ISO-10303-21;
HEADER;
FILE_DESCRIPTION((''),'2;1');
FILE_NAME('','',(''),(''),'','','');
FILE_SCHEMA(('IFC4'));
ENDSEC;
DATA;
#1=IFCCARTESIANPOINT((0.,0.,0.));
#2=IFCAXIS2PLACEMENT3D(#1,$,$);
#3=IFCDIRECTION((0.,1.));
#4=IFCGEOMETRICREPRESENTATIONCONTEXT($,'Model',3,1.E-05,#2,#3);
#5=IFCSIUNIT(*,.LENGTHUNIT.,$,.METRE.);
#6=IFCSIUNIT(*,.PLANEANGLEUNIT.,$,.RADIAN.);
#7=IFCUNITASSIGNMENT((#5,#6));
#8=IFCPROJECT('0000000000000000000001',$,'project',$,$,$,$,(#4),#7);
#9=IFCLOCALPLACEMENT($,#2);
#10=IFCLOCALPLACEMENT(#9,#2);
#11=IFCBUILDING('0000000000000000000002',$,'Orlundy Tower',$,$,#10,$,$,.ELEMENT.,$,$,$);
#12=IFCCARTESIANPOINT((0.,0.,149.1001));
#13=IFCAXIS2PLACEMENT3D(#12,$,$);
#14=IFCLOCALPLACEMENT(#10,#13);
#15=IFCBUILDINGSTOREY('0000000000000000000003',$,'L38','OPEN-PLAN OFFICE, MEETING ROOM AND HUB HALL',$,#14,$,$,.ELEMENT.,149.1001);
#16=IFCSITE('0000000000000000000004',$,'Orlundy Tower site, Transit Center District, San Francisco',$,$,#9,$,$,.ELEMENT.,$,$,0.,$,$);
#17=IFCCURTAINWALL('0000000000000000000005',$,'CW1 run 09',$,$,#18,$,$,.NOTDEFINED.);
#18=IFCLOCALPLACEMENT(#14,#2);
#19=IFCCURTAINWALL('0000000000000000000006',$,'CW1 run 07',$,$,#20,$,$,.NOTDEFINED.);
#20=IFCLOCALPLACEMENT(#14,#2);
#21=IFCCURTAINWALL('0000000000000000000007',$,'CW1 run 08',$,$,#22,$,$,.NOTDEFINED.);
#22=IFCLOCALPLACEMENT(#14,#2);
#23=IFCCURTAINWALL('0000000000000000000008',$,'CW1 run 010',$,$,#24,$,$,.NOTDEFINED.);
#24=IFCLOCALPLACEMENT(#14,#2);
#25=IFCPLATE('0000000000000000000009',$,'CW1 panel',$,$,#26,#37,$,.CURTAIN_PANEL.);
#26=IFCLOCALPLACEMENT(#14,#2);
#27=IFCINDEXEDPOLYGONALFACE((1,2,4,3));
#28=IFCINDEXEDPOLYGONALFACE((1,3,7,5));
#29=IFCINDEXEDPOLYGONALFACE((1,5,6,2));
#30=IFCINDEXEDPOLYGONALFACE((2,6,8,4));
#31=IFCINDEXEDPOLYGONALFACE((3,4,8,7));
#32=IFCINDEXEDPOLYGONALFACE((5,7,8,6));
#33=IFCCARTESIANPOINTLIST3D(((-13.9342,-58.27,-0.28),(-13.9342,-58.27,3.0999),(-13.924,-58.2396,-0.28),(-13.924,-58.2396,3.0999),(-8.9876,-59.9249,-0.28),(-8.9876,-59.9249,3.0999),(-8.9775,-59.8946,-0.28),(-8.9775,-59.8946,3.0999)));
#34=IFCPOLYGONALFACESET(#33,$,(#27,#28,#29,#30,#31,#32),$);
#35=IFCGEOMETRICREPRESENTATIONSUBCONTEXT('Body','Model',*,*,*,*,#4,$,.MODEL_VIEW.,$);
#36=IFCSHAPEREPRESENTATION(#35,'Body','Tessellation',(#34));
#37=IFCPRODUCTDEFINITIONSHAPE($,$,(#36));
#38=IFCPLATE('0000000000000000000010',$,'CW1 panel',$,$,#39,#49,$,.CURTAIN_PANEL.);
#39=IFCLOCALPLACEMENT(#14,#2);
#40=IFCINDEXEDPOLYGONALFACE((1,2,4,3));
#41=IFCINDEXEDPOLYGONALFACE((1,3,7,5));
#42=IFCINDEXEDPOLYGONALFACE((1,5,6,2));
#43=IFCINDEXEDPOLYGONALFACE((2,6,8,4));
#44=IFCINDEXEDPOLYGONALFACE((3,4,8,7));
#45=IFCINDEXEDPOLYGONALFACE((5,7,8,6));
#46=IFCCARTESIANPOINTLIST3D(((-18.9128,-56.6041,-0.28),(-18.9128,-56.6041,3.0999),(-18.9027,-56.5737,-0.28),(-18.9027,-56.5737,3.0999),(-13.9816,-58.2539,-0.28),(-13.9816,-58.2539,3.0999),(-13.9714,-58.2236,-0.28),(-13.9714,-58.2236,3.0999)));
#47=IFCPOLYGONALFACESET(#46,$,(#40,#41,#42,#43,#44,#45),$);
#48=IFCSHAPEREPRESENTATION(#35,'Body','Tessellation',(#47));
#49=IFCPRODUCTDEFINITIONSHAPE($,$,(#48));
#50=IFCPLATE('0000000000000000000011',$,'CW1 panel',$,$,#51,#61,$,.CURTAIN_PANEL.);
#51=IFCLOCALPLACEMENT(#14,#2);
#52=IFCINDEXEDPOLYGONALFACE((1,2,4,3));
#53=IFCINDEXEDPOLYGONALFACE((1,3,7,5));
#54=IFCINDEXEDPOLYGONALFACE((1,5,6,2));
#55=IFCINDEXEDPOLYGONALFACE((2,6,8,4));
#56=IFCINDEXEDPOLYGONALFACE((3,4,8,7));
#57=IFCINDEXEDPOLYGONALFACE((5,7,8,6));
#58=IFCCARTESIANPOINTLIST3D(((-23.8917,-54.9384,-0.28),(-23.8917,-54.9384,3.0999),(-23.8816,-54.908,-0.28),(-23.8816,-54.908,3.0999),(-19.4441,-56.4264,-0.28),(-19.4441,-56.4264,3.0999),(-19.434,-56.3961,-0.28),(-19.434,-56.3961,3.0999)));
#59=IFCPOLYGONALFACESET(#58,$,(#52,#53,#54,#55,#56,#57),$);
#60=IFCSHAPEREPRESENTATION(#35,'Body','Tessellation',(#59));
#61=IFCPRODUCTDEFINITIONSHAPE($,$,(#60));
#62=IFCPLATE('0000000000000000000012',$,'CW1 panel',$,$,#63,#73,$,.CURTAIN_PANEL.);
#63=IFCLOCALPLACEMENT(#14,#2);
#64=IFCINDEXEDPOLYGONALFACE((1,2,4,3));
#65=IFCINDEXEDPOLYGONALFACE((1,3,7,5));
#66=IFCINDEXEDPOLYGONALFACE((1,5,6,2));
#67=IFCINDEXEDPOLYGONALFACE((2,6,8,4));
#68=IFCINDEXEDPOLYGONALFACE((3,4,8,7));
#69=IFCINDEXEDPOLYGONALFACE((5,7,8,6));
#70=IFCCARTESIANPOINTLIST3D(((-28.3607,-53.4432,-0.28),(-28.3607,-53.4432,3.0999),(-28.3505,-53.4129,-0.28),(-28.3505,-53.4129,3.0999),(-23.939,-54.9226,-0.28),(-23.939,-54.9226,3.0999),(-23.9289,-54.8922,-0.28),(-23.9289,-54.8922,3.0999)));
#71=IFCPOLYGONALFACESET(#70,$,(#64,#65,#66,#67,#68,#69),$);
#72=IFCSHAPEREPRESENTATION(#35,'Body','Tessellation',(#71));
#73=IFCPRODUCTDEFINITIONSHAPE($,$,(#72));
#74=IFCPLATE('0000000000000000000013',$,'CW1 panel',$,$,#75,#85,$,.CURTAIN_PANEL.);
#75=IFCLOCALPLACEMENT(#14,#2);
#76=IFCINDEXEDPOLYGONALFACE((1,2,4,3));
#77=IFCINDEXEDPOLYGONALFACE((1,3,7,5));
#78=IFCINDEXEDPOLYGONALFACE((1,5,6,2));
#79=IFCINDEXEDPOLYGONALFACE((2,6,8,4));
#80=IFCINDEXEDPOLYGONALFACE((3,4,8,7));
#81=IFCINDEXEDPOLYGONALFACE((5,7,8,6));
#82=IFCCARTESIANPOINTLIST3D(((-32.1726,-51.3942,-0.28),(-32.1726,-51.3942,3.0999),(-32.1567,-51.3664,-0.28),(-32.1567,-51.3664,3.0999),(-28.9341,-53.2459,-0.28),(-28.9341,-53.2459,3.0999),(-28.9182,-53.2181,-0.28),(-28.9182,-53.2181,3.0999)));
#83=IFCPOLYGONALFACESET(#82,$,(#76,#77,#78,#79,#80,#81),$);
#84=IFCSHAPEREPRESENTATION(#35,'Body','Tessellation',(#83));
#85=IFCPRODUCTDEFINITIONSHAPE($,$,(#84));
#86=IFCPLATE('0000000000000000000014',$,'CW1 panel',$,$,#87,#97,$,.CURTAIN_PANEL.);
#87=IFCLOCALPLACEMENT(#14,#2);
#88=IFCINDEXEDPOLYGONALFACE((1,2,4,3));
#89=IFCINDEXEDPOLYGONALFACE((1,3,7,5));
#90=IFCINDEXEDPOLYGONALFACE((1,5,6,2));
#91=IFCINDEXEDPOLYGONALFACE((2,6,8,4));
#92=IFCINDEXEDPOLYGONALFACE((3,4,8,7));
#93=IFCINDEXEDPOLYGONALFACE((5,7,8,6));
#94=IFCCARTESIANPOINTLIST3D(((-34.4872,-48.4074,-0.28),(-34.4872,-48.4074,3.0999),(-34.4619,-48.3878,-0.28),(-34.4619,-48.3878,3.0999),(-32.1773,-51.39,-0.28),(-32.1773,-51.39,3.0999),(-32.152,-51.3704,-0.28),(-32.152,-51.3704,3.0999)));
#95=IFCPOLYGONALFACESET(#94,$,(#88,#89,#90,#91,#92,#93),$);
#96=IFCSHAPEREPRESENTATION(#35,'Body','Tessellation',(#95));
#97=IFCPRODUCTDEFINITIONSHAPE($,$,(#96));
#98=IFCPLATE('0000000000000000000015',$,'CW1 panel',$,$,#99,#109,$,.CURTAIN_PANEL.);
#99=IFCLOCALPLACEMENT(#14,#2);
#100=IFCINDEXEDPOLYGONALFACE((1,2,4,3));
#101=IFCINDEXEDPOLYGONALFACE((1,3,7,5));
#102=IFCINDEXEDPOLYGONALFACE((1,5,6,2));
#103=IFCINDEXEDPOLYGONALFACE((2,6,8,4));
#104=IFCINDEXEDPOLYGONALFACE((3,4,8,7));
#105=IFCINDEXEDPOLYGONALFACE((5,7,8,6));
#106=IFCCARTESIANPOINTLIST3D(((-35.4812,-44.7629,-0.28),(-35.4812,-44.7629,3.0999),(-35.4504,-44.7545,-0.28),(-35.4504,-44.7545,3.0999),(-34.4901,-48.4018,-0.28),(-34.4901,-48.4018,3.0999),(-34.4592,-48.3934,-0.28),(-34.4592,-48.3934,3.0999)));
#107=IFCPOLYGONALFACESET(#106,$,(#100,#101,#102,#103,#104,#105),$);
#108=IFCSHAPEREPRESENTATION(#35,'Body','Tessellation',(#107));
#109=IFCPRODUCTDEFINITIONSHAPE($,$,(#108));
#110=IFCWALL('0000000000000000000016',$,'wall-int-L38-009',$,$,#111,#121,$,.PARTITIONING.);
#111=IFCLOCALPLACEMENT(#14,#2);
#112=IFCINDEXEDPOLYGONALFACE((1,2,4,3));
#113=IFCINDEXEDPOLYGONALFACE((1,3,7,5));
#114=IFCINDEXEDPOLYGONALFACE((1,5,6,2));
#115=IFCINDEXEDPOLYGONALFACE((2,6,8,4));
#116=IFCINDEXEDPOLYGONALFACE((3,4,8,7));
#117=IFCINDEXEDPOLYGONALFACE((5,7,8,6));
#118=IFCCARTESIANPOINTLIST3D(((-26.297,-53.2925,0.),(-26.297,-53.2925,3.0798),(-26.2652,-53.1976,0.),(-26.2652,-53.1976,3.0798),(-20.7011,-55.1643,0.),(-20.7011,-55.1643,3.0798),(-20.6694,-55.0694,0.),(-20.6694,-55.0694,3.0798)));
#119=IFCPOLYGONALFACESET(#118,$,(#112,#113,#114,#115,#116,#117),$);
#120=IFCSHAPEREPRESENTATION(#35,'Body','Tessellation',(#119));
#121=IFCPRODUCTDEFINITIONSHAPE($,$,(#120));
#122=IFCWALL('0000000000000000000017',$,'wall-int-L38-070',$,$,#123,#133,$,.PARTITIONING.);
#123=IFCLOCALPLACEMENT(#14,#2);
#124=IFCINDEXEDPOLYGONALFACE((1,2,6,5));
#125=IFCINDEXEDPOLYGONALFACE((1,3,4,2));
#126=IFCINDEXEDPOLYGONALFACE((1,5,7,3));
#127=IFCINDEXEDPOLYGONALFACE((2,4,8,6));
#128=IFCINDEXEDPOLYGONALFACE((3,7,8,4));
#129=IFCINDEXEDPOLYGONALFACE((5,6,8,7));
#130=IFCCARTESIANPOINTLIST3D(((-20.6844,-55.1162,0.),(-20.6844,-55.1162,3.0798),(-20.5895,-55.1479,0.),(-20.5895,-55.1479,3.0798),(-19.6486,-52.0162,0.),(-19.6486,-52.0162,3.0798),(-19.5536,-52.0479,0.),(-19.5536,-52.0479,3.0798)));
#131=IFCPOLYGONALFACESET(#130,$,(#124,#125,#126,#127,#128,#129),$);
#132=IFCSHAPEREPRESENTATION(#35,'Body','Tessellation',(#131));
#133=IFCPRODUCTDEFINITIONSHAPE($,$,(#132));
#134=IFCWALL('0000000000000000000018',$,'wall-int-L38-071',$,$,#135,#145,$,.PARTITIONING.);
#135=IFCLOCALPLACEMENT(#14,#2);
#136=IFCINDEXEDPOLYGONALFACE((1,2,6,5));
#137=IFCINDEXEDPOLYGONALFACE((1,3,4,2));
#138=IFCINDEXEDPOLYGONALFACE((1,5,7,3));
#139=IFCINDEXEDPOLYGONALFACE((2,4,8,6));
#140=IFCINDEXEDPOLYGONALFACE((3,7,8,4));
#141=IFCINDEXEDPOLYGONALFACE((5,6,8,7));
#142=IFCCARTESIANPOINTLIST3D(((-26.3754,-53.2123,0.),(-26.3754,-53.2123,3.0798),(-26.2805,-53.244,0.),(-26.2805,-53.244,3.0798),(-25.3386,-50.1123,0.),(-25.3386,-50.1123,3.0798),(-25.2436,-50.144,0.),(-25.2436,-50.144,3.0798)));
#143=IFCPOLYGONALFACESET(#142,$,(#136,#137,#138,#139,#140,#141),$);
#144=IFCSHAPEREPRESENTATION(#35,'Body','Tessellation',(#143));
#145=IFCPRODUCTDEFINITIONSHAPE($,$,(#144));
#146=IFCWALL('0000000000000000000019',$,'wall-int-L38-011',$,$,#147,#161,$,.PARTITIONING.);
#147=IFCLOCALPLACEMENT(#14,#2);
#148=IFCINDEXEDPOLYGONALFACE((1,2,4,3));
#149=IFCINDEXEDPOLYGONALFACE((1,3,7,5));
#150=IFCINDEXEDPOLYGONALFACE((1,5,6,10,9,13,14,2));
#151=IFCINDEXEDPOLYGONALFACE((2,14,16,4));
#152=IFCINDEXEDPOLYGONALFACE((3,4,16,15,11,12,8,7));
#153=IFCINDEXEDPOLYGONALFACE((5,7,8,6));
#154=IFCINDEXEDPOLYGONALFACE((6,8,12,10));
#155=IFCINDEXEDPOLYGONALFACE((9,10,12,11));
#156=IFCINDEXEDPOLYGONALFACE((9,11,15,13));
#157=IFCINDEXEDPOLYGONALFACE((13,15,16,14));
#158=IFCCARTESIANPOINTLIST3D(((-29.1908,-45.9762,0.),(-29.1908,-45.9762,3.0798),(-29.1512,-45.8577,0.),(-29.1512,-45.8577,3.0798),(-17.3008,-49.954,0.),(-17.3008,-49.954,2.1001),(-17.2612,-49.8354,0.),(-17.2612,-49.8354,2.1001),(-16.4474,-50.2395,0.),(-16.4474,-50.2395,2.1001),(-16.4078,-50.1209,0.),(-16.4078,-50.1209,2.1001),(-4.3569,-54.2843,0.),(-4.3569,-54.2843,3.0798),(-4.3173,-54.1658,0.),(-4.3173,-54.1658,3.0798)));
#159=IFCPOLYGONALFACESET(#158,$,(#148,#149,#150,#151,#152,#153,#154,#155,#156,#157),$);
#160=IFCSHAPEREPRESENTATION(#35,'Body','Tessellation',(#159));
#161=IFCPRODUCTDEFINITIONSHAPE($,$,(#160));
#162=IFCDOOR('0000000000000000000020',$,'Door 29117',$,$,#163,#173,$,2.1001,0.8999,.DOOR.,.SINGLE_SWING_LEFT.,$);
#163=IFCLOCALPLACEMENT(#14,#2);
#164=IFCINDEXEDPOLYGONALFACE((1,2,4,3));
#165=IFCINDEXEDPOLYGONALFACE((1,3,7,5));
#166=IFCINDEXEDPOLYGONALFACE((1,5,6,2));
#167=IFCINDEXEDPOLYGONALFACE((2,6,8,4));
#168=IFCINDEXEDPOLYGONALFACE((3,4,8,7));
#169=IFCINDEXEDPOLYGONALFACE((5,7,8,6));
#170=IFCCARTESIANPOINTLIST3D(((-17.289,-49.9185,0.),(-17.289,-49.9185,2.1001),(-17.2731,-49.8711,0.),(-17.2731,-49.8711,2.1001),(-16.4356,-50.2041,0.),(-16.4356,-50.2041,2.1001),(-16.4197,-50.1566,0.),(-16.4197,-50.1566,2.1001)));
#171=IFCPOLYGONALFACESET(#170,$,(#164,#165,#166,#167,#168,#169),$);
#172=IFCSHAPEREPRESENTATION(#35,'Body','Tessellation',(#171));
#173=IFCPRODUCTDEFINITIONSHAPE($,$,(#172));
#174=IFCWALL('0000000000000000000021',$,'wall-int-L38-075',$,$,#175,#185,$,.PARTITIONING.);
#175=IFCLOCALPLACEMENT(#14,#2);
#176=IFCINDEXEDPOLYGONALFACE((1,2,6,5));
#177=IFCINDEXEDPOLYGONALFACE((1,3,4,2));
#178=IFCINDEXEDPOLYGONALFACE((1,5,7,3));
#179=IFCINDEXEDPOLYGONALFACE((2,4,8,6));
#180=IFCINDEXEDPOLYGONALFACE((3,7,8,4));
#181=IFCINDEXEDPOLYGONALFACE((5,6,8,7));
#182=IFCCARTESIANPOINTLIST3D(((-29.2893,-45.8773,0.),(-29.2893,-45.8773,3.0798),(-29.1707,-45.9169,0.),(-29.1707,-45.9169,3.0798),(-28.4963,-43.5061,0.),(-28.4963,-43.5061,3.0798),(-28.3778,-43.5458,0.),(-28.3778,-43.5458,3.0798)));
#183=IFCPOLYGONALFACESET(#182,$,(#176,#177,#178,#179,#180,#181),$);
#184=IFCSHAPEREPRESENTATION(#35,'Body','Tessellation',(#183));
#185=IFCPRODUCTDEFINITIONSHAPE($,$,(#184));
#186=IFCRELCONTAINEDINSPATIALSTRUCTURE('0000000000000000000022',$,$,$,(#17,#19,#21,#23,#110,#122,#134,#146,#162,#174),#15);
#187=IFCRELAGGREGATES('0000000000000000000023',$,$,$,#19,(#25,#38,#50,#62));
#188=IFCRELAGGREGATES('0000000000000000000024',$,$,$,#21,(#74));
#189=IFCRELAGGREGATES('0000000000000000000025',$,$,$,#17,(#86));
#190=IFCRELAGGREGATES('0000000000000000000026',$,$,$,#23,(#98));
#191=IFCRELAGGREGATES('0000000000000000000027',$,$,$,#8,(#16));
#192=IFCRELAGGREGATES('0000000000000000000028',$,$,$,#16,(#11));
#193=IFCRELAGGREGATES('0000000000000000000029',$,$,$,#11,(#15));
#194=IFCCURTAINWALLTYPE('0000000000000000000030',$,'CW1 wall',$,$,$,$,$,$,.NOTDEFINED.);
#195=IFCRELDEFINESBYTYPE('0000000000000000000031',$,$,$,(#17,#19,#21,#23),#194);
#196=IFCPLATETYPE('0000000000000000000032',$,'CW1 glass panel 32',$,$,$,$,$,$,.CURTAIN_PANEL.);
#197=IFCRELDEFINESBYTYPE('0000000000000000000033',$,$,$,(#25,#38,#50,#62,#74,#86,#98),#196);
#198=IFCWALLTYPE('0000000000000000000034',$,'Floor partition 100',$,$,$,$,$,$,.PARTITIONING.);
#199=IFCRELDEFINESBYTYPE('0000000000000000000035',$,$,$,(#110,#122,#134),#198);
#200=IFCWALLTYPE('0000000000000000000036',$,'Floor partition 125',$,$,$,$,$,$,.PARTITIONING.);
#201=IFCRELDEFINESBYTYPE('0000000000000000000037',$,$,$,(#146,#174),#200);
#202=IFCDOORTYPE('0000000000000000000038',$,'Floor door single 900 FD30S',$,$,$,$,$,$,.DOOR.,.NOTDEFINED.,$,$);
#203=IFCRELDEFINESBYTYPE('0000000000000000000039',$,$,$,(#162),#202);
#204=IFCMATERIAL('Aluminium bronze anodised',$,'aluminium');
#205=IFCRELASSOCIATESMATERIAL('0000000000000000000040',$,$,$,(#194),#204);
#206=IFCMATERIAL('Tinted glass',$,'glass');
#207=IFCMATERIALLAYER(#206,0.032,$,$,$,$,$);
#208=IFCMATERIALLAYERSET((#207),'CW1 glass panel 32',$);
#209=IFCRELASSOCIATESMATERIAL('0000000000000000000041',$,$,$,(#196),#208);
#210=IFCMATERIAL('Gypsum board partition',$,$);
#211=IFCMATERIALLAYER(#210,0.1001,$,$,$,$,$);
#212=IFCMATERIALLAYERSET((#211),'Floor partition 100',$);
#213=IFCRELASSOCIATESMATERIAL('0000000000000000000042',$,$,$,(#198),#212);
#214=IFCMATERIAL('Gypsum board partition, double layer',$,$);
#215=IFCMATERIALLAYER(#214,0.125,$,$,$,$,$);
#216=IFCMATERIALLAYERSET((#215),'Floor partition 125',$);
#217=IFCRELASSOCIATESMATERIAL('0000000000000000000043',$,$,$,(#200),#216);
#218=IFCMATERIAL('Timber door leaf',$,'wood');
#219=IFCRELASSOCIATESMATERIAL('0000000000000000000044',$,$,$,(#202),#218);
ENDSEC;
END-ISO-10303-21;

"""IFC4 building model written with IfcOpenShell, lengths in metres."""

from ifc_helpers import new_model, si_unit, direction, frame, frame_2d, origin, origin_2d, place, context, subcontext, project, spatial, rectangle, extrude, material, layer, layer_set, type_object, element, fill, aggregate, save


model = new_model("IFC4")

# Units and contexts
model_context = context("Model", 3, precision=1e-05, world=origin(), true_north=direction((0.0, 1.0)))
body_context = subcontext(model_context, "Body", "Model", "MODEL_VIEW")
ifc_project = project(units=[si_unit("LENGTHUNIT", "METRE"), si_unit("PLANEANGLEUNIT", "RADIAN")], contexts=[model_context])

# Site, building, storey
site_placement = place(None, origin())
site = spatial("IfcSite", under=ifc_project, at=site_placement, Name="Orlundy Tower site, Transit Center District, San Francisco", CompositionType="ELEMENT", RefElevation=0.0)
building_placement = place(site_placement, origin())
building = spatial("IfcBuilding", under=site, at=building_placement, Name="Orlundy Tower", CompositionType="ELEMENT")
storey_placement = place(building_placement, frame((0.0, 0.0, 149.1001)))
storey = spatial("IfcBuildingStorey", under=building, at=storey_placement, Name="L38", Description="OPEN-PLAN OFFICE, MEETING ROOM AND HUB HALL", CompositionType="ELEMENT", Elevation=149.1001)

# Curtain wall
ifc_material_1 = material(Name="Aluminium bronze anodised", Category="aluminium")
curtain_wall_type = type_object("IfcCurtainWallType", Name="CW1 wall", PredefinedType="NOTDEFINED", material=ifc_material_1)
curtain_wall_1_placement = place(storey_placement, origin())
curtain_wall_1 = element("IfcCurtainWall", 1, at=curtain_wall_1_placement, inside=storey, type_object=curtain_wall_type, Name="CW1 run 09", PredefinedType="NOTDEFINED")

# Curtain walls
curtain_wall_2_placement = place(storey_placement, origin())
curtain_wall_2 = element("IfcCurtainWall", 2, at=curtain_wall_2_placement, inside=storey, type_object=curtain_wall_type, Name="CW1 run 07", PredefinedType="NOTDEFINED")
curtain_wall_3_placement = place(storey_placement, origin())
curtain_wall_3 = element("IfcCurtainWall", 3, at=curtain_wall_3_placement, inside=storey, type_object=curtain_wall_type, Name="CW1 run 08", PredefinedType="NOTDEFINED")

# Curtain wall
curtain_wall_4_placement = place(storey_placement, origin())
curtain_wall_4 = element("IfcCurtainWall", 4, at=curtain_wall_4_placement, inside=storey, type_object=curtain_wall_type, Name="CW1 run 010", PredefinedType="NOTDEFINED")

# Plates
ifc_material_2 = material(Name="Tinted glass", Category="glass")
ifc_layer_1 = layer(ifc_material_2, 0.032)
ifc_layer_set_1 = layer_set([ifc_layer_1], Name="CW1 glass panel 32")
plate_type = type_object("IfcPlateType", Name="CW1 glass panel 32", PredefinedType="CURTAIN_PANEL", material=ifc_layer_set_1)
plate_1_placement = place(storey_placement, frame((-11.4558, -59.0823, -0.28), z_axis=(0.0, 0.0, 1.0), x_axis=(-0.94833, 0.317285, 0.0)))
plate_1 = element("IfcPlate", 5, at=plate_1_placement, type_object=plate_type, Name="CW1 panel", PredefinedType="CURTAIN_PANEL", context=body_context, shape_type="SweptSolid", body=[
    extrude(rectangle(XDim=5.2161, YDim=0.032, at=origin_2d()), origin(), (0.0, 0.0, 1.0), 3.3799),
])
plate_2_placement = place(storey_placement, frame((-16.4421, -57.4138, -0.28), z_axis=(0.0, 0.0, 1.0), x_axis=(-0.94833, 0.317285, 0.0)))
plate_2 = element("IfcPlate", 6, at=plate_2_placement, type_object=plate_type, Name="CW1 panel", PredefinedType="CURTAIN_PANEL", context=body_context, shape_type="SweptSolid", body=[
    extrude(rectangle(XDim=5.2, YDim=0.032, at=origin_2d()), origin(), (0.0, 0.0, 1.0), 3.3799),
])
plate_3_placement = place(storey_placement, frame((-21.6628, -55.6672, -0.28), z_axis=(0.0, 0.0, 1.0), x_axis=(-0.94833, 0.317285, 0.0)))
plate_3 = element("IfcPlate", 7, at=plate_3_placement, type_object=plate_type, Name="CW1 panel", PredefinedType="CURTAIN_PANEL", context=body_context, shape_type="SweptSolid", body=[
    extrude(rectangle(XDim=4.6899, YDim=0.032, at=origin_2d()), origin(), (0.0, 0.0, 1.0), 3.3799),
])
plate_4_placement = place(storey_placement, frame((-26.1448, -54.1677, -0.28), z_axis=(0.0, 0.0, 1.0), x_axis=(-0.94833, 0.317285, 0.0)))
plate_4 = element("IfcPlate", 8, at=plate_4_placement, type_object=plate_type, Name="CW1 panel", PredefinedType="CURTAIN_PANEL", context=body_context, shape_type="SweptSolid", body=[
    extrude(rectangle(XDim=4.6626, YDim=0.032, at=origin_2d()), origin(), (0.0, 0.0, 1.0), 3.3799),
])
aggregate(curtain_wall_2, [plate_1, plate_2, plate_3, plate_4])
plate_5_placement = place(storey_placement, frame((-30.5454, -52.3062, -0.28), z_axis=(0.0, 0.0, 1.0), x_axis=(-0.86811, 0.496371, 0.0)))
plate_5 = element("IfcPlate", 9, at=plate_5_placement, type_object=plate_type, Name="CW1 panel", PredefinedType="CURTAIN_PANEL", context=body_context, shape_type="SweptSolid", body=[
    extrude(rectangle(XDim=3.7305, YDim=0.032, at=origin_2d()), origin(), (0.0, 0.0, 1.0), 3.3799),
])
aggregate(curtain_wall_3, [plate_5])
plate_6_placement = place(storey_placement, frame((-33.3196, -49.8889, -0.28), z_axis=(0.0, 0.0, 1.0), x_axis=(-0.612315, 0.790614, 0.0)))
plate_6 = element("IfcPlate", 10, at=plate_6_placement, type_object=plate_type, Name="CW1 panel", PredefinedType="CURTAIN_PANEL", context=body_context, shape_type="SweptSolid", body=[
    extrude(rectangle(XDim=3.7725, YDim=0.032, at=origin_2d()), origin(), (0.0, 0.0, 1.0), 3.3799),
])
aggregate(curtain_wall_1, [plate_6])
plate_7_placement = place(storey_placement, frame((-34.9702, -46.5781, -0.28), z_axis=(0.0, 0.0, 1.0), x_axis=(-0.262798, 0.964851, 0.0)))
plate_7 = element("IfcPlate", 11, at=plate_7_placement, type_object=plate_type, Name="CW1 panel", PredefinedType="CURTAIN_PANEL", context=body_context, shape_type="SweptSolid", body=[
    extrude(rectangle(XDim=3.7715, YDim=0.032, at=origin_2d()), origin(), (0.0, 0.0, 1.0), 3.3799),
])
aggregate(curtain_wall_4, [plate_7])

# Walls
ifc_material_3 = material(Name="Gypsum board partition")
ifc_layer_2 = layer(ifc_material_3, 0.1001)
ifc_layer_set_2 = layer_set([ifc_layer_2], Name="Floor partition 100")
wall_type_1 = type_object("IfcWallType", Name="Floor partition 100", PredefinedType="PARTITIONING", material=ifc_layer_set_2)
wall_1_placement = place(storey_placement, frame((-26.281, -53.2451, 0.0), z_axis=(0.0, 0.0, 1.0), x_axis=(0.948352, -0.317221, 0.0)))
element("IfcWall", 12, at=wall_1_placement, inside=storey, type_object=wall_type_1, Name="wall-int-L38-009", PredefinedType="PARTITIONING", context=body_context, shape_type="SweptSolid", body=[
    extrude(rectangle(XDim=5.9006, YDim=0.1001, at=frame_2d((2.9502, 0.0))), origin(), (0.0, 0.0, 1.0), 3.0798),
])
wall_2_placement = place(storey_placement, frame((-20.637, -55.1321, 0.0), z_axis=(0.0, 0.0, 1.0), x_axis=(0.316922, 0.948451, 0.0)))
element("IfcWall", 13, at=wall_2_placement, inside=storey, type_object=wall_type_1, Name="wall-int-L38-070", PredefinedType="PARTITIONING", context=body_context, shape_type="SweptSolid", body=[
    extrude(rectangle(XDim=3.2686, YDim=0.1001, at=frame_2d((1.6343, 0.0))), origin(), (0.0, 0.0, 1.0), 3.0798),
])
wall_3_placement = place(storey_placement, frame((-26.3279, -53.228, 0.0), z_axis=(0.0, 0.0, 1.0), x_axis=(0.317191, 0.948362, 0.0)))
element("IfcWall", 14, at=wall_3_placement, inside=storey, type_object=wall_type_1, Name="wall-int-L38-071", PredefinedType="PARTITIONING", context=body_context, shape_type="SweptSolid", body=[
    extrude(rectangle(XDim=3.2688, YDim=0.1001, at=frame_2d((1.6343, 0.0))), origin(), (0.0, 0.0, 1.0), 3.0798),
])

# Wall, opening, door
ifc_material_4 = material(Name="Gypsum board partition, double layer")
ifc_layer_3 = layer(ifc_material_4, 0.125)
ifc_layer_set_3 = layer_set([ifc_layer_3], Name="Floor partition 125")
wall_type_2 = type_object("IfcWallType", Name="Floor partition 125", PredefinedType="PARTITIONING", material=ifc_layer_set_3)
wall_4_placement = place(storey_placement, frame((-29.1709, -45.917, 0.0), z_axis=(0.0, 0.0, 1.0), x_axis=(0.948338, -0.317262, 0.0)))
wall_4 = element("IfcWall", 15, at=wall_4_placement, inside=storey, type_object=wall_type_2, Name="wall-int-L38-011", PredefinedType="PARTITIONING", context=body_context, shape_type="SweptSolid", body=[
    extrude(rectangle(XDim=26.1868, YDim=0.125, at=frame_2d((13.0933, 0.0))), origin(), (0.0, 0.0, 1.0), 3.0798),
])
opening_placement = place(wall_4_placement, frame((12.5376, 0.0, 0.0)))
opening = element("IfcOpeningElement", 16, at=opening_placement, cuts=wall_4, PredefinedType="OPENING", context=body_context, shape_type="SweptSolid", body=[
    extrude(rectangle(XDim=0.8999, YDim=2.1001, at=frame_2d((0.45, 1.05))), frame((0.0, 0.0725, 0.0), z_axis=(0.0, -1.0, 0.0), x_axis=(1.0, 0.0, 0.0)), (0.0, 0.0, 1.0), 0.145),
])
ifc_material_5 = material(Name="Timber door leaf", Category="wood")
door_type = type_object("IfcDoorType", Name="Floor door single 900 FD30S", OperationType="NOTDEFINED", PredefinedType="DOOR", material=ifc_material_5)
door_placement = place(opening_placement, origin())
door = element("IfcDoor", 17, at=door_placement, inside=storey, type_object=door_type, Name="Door 29117", OperationType="SINGLE_SWING_LEFT", OverallHeight=2.1001, OverallWidth=0.8999, PredefinedType="DOOR", context=body_context, shape_type="SweptSolid", body=[
    extrude(rectangle(XDim=0.8999, YDim=2.1001, at=frame_2d((0.45, 1.05))), frame((0.0, 0.0249, 0.0), z_axis=(0.0, -1.0, 0.0), x_axis=(1.0, 0.0, 0.0)), (0.0, 0.0, 1.0), 0.05),
])
fill(opening, door)

# Wall
wall_5_placement = place(storey_placement, frame((-29.23, -45.897, 0.0), z_axis=(0.0, 0.0, 1.0), x_axis=(0.317165, 0.94837, 0.0)))
element("IfcWall", 18, at=wall_5_placement, inside=storey, type_object=wall_type_2, Name="wall-int-L38-075", PredefinedType="PARTITIONING", context=body_context, shape_type="SweptSolid", body=[
    extrude(rectangle(XDim=2.5002, YDim=0.125, at=frame_2d((1.25, 0.0))), origin(), (0.0, 0.0, 1.0), 3.0798),
])

save(model, "model.ifc")
